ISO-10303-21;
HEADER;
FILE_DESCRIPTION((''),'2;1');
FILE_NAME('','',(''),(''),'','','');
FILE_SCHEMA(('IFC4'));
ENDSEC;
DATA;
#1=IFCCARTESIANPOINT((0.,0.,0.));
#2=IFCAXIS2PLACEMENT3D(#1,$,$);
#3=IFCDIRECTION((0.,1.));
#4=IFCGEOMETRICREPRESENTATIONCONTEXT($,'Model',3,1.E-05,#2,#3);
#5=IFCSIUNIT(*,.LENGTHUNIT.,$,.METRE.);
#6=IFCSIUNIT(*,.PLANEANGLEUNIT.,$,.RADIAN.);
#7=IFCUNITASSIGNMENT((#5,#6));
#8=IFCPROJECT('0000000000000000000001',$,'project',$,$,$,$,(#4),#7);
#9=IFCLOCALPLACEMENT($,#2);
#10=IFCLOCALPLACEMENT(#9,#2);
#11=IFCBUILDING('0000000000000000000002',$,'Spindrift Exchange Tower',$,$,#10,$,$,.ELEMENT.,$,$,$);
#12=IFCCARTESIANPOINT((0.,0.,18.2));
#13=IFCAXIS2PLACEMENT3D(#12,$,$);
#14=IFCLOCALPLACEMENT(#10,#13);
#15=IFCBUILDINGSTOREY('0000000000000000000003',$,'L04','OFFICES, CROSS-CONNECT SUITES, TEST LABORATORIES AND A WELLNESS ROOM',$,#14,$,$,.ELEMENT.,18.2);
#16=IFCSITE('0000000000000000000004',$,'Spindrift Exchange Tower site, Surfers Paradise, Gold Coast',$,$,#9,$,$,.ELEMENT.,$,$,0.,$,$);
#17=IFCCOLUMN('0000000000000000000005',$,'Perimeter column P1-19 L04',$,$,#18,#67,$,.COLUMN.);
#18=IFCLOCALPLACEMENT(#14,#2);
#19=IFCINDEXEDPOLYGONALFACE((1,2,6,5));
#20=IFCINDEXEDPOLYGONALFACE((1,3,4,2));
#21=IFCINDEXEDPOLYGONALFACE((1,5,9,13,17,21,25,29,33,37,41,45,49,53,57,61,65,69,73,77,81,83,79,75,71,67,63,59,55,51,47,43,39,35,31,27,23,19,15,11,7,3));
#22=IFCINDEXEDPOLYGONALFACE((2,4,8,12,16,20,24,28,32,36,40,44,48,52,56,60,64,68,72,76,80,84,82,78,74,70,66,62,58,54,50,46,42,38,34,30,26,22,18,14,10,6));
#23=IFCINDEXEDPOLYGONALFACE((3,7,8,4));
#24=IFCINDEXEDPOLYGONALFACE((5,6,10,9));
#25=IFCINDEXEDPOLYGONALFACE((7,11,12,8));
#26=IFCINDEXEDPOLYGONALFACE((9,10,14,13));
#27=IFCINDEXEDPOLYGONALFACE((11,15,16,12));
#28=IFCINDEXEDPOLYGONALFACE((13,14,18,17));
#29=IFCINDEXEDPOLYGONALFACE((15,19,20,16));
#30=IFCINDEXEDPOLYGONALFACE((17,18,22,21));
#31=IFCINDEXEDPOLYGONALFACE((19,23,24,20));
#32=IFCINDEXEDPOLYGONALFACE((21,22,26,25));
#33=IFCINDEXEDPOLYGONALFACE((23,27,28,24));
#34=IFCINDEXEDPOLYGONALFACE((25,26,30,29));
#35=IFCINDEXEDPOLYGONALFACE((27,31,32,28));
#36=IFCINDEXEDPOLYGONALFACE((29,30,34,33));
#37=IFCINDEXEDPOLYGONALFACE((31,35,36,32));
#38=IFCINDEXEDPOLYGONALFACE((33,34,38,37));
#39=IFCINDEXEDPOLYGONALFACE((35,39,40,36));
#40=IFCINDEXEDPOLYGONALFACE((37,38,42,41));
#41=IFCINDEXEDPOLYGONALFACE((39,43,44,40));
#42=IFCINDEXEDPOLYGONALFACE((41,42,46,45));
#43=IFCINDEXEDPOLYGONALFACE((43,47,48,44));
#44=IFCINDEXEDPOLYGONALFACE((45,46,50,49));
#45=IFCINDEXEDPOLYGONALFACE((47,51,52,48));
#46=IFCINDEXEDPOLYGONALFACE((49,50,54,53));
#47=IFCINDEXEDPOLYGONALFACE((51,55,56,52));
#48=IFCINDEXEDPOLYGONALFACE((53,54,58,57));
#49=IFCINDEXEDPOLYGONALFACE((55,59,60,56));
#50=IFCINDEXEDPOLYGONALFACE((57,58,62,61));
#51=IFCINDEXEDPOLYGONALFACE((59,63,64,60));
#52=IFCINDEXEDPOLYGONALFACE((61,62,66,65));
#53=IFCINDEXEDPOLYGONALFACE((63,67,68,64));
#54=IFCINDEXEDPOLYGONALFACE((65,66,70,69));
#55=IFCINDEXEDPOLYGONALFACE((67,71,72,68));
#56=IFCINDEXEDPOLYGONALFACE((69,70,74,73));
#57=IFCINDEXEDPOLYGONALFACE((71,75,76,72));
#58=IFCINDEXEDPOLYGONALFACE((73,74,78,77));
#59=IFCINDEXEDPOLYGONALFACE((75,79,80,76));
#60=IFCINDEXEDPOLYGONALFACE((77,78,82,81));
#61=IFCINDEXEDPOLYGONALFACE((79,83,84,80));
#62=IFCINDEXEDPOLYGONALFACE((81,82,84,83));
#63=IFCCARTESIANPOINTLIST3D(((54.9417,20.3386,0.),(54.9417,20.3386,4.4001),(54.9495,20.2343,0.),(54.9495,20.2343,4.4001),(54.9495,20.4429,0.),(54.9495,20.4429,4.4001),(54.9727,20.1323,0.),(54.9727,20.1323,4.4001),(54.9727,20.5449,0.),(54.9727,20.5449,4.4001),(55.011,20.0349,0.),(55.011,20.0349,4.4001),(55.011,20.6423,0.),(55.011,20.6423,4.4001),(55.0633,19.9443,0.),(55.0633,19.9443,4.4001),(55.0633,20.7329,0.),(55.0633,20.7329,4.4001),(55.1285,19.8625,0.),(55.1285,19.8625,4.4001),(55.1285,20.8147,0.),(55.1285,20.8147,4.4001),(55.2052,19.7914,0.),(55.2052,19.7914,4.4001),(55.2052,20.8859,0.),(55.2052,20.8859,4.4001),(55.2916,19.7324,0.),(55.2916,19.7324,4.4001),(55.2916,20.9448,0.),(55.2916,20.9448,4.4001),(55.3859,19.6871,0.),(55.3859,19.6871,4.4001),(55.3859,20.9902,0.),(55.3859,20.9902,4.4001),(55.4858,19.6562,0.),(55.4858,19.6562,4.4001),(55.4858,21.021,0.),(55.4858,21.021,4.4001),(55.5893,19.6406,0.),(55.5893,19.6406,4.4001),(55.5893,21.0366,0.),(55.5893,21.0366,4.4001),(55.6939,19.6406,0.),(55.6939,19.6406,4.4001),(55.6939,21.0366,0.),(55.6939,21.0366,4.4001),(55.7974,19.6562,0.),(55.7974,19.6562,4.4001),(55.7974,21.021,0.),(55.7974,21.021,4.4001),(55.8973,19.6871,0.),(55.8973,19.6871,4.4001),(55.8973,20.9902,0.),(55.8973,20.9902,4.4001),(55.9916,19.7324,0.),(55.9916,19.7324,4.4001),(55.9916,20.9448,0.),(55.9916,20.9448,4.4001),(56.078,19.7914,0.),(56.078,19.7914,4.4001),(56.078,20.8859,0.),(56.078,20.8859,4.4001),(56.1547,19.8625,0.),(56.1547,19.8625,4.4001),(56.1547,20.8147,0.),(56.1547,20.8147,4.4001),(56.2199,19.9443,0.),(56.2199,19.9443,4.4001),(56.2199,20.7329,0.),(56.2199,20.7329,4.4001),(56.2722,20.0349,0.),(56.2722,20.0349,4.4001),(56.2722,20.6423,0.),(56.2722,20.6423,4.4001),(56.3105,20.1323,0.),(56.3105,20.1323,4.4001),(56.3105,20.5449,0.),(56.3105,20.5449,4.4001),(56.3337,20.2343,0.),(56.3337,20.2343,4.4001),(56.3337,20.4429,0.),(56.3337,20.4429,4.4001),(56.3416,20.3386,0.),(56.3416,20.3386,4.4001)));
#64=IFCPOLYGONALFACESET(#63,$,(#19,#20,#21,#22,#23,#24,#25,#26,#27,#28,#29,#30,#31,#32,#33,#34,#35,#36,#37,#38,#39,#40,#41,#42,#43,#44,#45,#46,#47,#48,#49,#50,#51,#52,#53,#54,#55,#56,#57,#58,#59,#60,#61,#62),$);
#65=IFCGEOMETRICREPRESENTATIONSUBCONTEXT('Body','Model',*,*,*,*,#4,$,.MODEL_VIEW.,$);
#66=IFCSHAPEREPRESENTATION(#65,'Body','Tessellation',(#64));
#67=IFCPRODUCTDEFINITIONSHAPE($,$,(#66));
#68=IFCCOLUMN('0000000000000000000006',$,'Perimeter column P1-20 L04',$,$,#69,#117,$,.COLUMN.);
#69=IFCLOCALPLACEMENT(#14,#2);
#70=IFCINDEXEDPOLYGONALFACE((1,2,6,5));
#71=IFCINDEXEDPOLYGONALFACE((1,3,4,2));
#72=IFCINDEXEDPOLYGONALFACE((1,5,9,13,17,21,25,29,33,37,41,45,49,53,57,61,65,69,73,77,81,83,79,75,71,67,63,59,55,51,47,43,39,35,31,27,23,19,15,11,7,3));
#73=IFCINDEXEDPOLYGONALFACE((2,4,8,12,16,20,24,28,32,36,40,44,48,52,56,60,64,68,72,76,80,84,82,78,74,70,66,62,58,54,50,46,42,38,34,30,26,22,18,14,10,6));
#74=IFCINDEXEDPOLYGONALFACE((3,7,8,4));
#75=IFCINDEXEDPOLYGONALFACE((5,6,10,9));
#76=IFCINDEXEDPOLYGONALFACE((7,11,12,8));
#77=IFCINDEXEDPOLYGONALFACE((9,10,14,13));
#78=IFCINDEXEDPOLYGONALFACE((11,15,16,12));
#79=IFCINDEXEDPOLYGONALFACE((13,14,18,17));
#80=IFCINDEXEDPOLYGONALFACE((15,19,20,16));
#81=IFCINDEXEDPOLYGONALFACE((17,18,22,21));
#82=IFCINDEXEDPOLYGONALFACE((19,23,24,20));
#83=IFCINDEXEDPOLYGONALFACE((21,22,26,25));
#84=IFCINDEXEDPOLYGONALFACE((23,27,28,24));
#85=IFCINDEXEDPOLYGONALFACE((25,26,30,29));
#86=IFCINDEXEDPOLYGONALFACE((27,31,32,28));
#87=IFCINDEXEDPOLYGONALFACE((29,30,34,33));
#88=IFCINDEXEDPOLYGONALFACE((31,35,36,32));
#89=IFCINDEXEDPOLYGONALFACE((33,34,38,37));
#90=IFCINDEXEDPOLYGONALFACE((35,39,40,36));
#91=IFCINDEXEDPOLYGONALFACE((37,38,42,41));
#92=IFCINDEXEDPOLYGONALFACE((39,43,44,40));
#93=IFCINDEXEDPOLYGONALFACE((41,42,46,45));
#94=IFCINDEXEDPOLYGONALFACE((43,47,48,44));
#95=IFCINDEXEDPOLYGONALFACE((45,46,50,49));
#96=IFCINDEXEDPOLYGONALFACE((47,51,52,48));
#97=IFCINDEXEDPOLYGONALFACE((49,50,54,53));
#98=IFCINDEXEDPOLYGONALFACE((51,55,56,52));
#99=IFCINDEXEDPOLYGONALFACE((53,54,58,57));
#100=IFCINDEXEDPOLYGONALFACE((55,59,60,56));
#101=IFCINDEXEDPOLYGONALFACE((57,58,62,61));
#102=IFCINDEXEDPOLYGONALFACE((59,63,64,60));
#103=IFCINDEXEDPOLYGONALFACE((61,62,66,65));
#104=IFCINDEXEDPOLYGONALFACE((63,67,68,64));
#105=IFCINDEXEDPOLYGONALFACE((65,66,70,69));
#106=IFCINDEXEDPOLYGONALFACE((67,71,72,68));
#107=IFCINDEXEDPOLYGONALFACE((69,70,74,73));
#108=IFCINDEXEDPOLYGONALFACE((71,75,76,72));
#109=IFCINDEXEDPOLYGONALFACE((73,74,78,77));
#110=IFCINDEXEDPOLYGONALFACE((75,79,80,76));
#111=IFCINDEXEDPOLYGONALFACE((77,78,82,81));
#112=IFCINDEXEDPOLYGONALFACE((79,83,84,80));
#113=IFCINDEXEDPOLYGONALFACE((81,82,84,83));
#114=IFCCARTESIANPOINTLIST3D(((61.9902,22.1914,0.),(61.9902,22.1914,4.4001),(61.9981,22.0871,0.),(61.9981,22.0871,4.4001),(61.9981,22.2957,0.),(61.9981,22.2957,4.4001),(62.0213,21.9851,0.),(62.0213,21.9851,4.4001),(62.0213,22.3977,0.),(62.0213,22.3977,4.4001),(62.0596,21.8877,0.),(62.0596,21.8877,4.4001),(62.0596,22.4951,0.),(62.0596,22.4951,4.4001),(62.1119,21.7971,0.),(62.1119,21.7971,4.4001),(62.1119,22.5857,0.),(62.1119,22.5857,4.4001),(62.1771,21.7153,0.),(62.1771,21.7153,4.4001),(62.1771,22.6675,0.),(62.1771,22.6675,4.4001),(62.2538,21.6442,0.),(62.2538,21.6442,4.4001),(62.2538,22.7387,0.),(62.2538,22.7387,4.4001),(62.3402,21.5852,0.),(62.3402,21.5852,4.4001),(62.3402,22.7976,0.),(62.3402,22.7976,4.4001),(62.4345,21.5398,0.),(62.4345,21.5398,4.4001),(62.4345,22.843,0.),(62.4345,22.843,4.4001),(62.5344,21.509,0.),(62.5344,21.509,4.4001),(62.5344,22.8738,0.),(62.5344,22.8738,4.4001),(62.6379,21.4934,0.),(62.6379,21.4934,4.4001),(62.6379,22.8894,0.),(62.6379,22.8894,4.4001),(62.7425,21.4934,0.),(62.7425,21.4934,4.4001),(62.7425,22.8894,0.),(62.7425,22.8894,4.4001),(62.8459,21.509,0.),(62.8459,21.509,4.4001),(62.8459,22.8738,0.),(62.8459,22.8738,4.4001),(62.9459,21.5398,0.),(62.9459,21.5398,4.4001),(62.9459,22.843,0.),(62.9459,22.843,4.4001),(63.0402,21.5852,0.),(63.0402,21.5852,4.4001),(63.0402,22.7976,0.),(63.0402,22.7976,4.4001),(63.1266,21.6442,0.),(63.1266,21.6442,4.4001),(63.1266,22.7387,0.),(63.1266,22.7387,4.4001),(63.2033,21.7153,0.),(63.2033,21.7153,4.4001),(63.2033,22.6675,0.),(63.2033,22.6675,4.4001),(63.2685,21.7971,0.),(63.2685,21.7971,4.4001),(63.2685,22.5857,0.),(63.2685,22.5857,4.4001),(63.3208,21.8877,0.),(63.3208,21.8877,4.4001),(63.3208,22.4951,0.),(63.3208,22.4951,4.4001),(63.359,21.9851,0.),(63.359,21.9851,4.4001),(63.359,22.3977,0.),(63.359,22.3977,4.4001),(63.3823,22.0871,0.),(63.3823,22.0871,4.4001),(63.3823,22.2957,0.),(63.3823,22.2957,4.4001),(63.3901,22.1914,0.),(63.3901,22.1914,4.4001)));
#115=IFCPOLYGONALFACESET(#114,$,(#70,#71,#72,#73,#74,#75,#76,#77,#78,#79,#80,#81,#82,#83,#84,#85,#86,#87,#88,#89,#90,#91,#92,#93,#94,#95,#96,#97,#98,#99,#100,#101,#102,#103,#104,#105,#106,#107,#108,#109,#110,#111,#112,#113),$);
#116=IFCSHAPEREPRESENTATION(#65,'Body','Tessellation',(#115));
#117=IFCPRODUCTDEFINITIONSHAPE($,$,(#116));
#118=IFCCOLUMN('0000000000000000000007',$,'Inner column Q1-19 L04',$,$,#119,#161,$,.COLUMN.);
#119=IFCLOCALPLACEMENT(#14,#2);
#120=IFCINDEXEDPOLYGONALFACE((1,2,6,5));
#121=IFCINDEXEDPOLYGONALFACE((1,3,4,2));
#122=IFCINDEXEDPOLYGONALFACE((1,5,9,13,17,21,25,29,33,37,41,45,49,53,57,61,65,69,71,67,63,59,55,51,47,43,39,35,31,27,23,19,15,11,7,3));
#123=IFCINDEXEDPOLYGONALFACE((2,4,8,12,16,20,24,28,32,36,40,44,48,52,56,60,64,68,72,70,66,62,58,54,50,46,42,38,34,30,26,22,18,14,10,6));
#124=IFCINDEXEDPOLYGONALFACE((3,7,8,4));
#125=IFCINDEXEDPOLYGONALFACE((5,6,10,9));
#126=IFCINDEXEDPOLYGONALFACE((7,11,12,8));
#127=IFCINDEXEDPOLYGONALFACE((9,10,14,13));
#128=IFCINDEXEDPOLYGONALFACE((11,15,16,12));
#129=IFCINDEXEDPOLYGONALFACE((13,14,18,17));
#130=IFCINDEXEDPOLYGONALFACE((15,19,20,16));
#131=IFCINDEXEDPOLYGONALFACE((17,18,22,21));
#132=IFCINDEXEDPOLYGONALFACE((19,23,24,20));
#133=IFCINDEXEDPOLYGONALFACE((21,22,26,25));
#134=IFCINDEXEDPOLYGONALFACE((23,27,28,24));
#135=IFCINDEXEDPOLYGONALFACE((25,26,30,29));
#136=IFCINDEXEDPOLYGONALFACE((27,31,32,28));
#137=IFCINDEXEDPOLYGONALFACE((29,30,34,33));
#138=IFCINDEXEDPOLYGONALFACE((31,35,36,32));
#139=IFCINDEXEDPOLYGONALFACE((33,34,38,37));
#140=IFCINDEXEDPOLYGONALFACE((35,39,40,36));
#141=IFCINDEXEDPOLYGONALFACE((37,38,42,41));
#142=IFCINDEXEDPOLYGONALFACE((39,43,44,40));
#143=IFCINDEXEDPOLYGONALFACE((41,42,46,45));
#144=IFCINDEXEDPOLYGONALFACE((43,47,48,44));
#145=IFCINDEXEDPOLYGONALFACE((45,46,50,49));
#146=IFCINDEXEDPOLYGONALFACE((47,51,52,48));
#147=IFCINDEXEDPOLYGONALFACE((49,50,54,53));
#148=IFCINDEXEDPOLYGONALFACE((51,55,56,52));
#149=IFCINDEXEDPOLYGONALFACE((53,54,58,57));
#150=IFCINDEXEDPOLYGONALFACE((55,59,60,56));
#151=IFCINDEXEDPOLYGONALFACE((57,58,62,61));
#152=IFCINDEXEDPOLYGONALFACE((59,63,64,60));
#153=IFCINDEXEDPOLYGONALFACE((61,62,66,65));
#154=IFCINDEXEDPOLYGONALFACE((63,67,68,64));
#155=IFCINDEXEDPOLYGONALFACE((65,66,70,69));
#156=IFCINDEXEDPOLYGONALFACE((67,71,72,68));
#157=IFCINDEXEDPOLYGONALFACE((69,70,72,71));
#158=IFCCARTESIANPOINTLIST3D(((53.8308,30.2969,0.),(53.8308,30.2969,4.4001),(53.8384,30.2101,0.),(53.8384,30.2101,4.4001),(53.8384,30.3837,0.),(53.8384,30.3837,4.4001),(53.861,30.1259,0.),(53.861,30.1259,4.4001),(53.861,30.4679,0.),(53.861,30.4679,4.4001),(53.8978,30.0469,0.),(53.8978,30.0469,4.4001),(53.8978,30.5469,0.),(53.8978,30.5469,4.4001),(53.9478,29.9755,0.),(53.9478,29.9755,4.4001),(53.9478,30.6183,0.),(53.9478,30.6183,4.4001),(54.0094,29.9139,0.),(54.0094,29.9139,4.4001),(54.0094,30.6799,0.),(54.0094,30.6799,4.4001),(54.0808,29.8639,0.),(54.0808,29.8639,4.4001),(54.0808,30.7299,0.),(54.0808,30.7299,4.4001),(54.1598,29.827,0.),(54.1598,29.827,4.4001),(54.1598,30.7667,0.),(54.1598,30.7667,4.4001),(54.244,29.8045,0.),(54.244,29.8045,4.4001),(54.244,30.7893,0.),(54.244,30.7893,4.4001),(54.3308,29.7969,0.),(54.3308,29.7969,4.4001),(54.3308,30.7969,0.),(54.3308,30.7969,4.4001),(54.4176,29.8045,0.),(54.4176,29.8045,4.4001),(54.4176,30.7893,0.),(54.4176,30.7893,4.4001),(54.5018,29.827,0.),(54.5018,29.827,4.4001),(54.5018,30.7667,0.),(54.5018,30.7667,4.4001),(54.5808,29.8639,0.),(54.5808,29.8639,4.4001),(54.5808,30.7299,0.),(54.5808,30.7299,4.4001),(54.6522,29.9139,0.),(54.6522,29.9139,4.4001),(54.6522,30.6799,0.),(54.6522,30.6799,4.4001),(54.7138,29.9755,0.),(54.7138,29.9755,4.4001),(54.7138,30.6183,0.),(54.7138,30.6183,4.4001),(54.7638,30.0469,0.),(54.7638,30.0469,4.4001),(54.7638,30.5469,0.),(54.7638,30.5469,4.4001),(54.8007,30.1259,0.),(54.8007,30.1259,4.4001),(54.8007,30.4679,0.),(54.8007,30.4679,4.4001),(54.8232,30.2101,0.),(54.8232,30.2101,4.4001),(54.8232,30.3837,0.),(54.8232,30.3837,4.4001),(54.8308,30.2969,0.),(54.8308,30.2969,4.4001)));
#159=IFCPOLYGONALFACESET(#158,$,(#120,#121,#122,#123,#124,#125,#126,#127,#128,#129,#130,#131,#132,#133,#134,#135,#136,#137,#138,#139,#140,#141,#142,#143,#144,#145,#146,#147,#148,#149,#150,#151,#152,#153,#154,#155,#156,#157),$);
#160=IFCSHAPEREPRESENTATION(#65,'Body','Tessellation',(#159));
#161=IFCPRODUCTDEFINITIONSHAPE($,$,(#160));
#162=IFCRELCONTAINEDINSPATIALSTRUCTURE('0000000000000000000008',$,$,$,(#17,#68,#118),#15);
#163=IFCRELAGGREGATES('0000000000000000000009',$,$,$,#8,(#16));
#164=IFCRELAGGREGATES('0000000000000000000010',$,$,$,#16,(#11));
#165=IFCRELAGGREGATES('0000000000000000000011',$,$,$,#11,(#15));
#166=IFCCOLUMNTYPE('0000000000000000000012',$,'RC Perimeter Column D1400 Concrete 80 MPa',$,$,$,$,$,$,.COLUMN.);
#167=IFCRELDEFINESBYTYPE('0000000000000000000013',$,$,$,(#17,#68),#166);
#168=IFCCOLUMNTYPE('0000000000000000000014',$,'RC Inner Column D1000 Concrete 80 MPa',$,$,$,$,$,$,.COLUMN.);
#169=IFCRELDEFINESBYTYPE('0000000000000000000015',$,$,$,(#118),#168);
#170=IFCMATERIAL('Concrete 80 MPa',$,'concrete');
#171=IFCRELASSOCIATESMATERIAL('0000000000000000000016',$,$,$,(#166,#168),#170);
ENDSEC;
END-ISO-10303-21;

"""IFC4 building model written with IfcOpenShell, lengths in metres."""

from ifc_helpers import new_model, si_unit, direction, frame, origin, origin_2d, place, context, subcontext, project, spatial, circle, extrude, source, transform, mapped, material, material_profile, profile_set, type_object, element, save


model = new_model("IFC4")

# Units and contexts
model_context = context("Model", 3, precision=1e-05, world=origin(), true_north=direction((0.0, 1.0)))
body_context = subcontext(model_context, "Body", "Model", "MODEL_VIEW")
ifc_project = project(units=[si_unit("LENGTHUNIT", "METRE"), si_unit("PLANEANGLEUNIT", "RADIAN")], contexts=[model_context])

# Site, building, storey
site_placement = place(None, origin())
site = spatial("IfcSite", under=ifc_project, at=site_placement, Name="Spindrift Exchange Tower site, Surfers Paradise, Gold Coast", CompositionType="ELEMENT", RefElevation=0.0)
building_placement = place(site_placement, origin())
building = spatial("IfcBuilding", under=site, at=building_placement, Name="Spindrift Exchange Tower", CompositionType="ELEMENT")
storey_placement = place(building_placement, frame((0.0, 0.0, 18.2)))
storey = spatial("IfcBuildingStorey", under=building, at=storey_placement, Name="L04", Description="OFFICES, CROSS-CONNECT SUITES, TEST LABORATORIES AND A WELLNESS ROOM", CompositionType="ELEMENT", Elevation=18.2)

# Columns
ifc_material_1 = material(Name="Concrete 80 MPa", Category="concrete")
ifc_material_profile_1 = material_profile(ifc_material_1, circle(Radius=0.7, at=origin_2d()), Name="RC D1400")
ifc_profile_set_1 = profile_set([ifc_material_profile_1], Name="Concrete 80 MPa")
column_type_1 = type_object("IfcColumnType", Name="RC Perimeter Column D1400 Concrete 80 MPa", PredefinedType="COLUMN", material=ifc_profile_set_1)
shared_shape_1 = source(origin(), body_context, "Body", "SweptSolid", [
    extrude(circle(Radius=0.7, at=origin_2d()), origin(), (0.0, 0.0, 1.0), 4.4001),
])
for number, where, z_axis, x_axis, name in (
    (1, (55.6416, 20.3386, 0.0), (0.0, 0.0, 1.0), (1.0, 0.0, 0.0), "Perimeter column P1-19 L04"),
    (2, (62.6902, 22.1914, 0.0), (0.0, 0.0, 1.0), (1.0, 0.0, 0.0), "Perimeter column P1-20 L04"),
):
    element("IfcColumn", number, at=place(storey_placement, frame(where, z_axis=z_axis, x_axis=x_axis)), inside=storey, type_object=column_type_1, Name=name, PredefinedType="COLUMN", context=body_context, shape_type="MappedRepresentation", body=[
        mapped(shared_shape_1, transform((0.0, 0.0, 0.0), scale=1.0)),
    ])
ifc_material_profile_2 = material_profile(ifc_material_1, circle(Radius=0.5, at=origin_2d()), Name="RC D1000")
ifc_profile_set_2 = profile_set([ifc_material_profile_2], Name="Concrete 80 MPa")
column_type_2 = type_object("IfcColumnType", Name="RC Inner Column D1000 Concrete 80 MPa", PredefinedType="COLUMN", material=ifc_profile_set_2)
shared_shape_2 = source(origin(), body_context, "Body", "SweptSolid", [
    extrude(circle(Radius=0.5, at=origin_2d()), origin(), (0.0, 0.0, 1.0), 4.4001),
])
column_placement = place(storey_placement, frame((54.3308, 30.2969, 0.0), z_axis=(0.0, 0.0, 1.0), x_axis=(1.0, 0.0, 0.0)))
element("IfcColumn", 3, at=column_placement, inside=storey, type_object=column_type_2, Name="Inner column Q1-19 L04", PredefinedType="COLUMN", context=body_context, shape_type="MappedRepresentation", body=[
    mapped(shared_shape_2, transform((0.0, 0.0, 0.0), scale=1.0)),
])

save(model, "model.ifc")
